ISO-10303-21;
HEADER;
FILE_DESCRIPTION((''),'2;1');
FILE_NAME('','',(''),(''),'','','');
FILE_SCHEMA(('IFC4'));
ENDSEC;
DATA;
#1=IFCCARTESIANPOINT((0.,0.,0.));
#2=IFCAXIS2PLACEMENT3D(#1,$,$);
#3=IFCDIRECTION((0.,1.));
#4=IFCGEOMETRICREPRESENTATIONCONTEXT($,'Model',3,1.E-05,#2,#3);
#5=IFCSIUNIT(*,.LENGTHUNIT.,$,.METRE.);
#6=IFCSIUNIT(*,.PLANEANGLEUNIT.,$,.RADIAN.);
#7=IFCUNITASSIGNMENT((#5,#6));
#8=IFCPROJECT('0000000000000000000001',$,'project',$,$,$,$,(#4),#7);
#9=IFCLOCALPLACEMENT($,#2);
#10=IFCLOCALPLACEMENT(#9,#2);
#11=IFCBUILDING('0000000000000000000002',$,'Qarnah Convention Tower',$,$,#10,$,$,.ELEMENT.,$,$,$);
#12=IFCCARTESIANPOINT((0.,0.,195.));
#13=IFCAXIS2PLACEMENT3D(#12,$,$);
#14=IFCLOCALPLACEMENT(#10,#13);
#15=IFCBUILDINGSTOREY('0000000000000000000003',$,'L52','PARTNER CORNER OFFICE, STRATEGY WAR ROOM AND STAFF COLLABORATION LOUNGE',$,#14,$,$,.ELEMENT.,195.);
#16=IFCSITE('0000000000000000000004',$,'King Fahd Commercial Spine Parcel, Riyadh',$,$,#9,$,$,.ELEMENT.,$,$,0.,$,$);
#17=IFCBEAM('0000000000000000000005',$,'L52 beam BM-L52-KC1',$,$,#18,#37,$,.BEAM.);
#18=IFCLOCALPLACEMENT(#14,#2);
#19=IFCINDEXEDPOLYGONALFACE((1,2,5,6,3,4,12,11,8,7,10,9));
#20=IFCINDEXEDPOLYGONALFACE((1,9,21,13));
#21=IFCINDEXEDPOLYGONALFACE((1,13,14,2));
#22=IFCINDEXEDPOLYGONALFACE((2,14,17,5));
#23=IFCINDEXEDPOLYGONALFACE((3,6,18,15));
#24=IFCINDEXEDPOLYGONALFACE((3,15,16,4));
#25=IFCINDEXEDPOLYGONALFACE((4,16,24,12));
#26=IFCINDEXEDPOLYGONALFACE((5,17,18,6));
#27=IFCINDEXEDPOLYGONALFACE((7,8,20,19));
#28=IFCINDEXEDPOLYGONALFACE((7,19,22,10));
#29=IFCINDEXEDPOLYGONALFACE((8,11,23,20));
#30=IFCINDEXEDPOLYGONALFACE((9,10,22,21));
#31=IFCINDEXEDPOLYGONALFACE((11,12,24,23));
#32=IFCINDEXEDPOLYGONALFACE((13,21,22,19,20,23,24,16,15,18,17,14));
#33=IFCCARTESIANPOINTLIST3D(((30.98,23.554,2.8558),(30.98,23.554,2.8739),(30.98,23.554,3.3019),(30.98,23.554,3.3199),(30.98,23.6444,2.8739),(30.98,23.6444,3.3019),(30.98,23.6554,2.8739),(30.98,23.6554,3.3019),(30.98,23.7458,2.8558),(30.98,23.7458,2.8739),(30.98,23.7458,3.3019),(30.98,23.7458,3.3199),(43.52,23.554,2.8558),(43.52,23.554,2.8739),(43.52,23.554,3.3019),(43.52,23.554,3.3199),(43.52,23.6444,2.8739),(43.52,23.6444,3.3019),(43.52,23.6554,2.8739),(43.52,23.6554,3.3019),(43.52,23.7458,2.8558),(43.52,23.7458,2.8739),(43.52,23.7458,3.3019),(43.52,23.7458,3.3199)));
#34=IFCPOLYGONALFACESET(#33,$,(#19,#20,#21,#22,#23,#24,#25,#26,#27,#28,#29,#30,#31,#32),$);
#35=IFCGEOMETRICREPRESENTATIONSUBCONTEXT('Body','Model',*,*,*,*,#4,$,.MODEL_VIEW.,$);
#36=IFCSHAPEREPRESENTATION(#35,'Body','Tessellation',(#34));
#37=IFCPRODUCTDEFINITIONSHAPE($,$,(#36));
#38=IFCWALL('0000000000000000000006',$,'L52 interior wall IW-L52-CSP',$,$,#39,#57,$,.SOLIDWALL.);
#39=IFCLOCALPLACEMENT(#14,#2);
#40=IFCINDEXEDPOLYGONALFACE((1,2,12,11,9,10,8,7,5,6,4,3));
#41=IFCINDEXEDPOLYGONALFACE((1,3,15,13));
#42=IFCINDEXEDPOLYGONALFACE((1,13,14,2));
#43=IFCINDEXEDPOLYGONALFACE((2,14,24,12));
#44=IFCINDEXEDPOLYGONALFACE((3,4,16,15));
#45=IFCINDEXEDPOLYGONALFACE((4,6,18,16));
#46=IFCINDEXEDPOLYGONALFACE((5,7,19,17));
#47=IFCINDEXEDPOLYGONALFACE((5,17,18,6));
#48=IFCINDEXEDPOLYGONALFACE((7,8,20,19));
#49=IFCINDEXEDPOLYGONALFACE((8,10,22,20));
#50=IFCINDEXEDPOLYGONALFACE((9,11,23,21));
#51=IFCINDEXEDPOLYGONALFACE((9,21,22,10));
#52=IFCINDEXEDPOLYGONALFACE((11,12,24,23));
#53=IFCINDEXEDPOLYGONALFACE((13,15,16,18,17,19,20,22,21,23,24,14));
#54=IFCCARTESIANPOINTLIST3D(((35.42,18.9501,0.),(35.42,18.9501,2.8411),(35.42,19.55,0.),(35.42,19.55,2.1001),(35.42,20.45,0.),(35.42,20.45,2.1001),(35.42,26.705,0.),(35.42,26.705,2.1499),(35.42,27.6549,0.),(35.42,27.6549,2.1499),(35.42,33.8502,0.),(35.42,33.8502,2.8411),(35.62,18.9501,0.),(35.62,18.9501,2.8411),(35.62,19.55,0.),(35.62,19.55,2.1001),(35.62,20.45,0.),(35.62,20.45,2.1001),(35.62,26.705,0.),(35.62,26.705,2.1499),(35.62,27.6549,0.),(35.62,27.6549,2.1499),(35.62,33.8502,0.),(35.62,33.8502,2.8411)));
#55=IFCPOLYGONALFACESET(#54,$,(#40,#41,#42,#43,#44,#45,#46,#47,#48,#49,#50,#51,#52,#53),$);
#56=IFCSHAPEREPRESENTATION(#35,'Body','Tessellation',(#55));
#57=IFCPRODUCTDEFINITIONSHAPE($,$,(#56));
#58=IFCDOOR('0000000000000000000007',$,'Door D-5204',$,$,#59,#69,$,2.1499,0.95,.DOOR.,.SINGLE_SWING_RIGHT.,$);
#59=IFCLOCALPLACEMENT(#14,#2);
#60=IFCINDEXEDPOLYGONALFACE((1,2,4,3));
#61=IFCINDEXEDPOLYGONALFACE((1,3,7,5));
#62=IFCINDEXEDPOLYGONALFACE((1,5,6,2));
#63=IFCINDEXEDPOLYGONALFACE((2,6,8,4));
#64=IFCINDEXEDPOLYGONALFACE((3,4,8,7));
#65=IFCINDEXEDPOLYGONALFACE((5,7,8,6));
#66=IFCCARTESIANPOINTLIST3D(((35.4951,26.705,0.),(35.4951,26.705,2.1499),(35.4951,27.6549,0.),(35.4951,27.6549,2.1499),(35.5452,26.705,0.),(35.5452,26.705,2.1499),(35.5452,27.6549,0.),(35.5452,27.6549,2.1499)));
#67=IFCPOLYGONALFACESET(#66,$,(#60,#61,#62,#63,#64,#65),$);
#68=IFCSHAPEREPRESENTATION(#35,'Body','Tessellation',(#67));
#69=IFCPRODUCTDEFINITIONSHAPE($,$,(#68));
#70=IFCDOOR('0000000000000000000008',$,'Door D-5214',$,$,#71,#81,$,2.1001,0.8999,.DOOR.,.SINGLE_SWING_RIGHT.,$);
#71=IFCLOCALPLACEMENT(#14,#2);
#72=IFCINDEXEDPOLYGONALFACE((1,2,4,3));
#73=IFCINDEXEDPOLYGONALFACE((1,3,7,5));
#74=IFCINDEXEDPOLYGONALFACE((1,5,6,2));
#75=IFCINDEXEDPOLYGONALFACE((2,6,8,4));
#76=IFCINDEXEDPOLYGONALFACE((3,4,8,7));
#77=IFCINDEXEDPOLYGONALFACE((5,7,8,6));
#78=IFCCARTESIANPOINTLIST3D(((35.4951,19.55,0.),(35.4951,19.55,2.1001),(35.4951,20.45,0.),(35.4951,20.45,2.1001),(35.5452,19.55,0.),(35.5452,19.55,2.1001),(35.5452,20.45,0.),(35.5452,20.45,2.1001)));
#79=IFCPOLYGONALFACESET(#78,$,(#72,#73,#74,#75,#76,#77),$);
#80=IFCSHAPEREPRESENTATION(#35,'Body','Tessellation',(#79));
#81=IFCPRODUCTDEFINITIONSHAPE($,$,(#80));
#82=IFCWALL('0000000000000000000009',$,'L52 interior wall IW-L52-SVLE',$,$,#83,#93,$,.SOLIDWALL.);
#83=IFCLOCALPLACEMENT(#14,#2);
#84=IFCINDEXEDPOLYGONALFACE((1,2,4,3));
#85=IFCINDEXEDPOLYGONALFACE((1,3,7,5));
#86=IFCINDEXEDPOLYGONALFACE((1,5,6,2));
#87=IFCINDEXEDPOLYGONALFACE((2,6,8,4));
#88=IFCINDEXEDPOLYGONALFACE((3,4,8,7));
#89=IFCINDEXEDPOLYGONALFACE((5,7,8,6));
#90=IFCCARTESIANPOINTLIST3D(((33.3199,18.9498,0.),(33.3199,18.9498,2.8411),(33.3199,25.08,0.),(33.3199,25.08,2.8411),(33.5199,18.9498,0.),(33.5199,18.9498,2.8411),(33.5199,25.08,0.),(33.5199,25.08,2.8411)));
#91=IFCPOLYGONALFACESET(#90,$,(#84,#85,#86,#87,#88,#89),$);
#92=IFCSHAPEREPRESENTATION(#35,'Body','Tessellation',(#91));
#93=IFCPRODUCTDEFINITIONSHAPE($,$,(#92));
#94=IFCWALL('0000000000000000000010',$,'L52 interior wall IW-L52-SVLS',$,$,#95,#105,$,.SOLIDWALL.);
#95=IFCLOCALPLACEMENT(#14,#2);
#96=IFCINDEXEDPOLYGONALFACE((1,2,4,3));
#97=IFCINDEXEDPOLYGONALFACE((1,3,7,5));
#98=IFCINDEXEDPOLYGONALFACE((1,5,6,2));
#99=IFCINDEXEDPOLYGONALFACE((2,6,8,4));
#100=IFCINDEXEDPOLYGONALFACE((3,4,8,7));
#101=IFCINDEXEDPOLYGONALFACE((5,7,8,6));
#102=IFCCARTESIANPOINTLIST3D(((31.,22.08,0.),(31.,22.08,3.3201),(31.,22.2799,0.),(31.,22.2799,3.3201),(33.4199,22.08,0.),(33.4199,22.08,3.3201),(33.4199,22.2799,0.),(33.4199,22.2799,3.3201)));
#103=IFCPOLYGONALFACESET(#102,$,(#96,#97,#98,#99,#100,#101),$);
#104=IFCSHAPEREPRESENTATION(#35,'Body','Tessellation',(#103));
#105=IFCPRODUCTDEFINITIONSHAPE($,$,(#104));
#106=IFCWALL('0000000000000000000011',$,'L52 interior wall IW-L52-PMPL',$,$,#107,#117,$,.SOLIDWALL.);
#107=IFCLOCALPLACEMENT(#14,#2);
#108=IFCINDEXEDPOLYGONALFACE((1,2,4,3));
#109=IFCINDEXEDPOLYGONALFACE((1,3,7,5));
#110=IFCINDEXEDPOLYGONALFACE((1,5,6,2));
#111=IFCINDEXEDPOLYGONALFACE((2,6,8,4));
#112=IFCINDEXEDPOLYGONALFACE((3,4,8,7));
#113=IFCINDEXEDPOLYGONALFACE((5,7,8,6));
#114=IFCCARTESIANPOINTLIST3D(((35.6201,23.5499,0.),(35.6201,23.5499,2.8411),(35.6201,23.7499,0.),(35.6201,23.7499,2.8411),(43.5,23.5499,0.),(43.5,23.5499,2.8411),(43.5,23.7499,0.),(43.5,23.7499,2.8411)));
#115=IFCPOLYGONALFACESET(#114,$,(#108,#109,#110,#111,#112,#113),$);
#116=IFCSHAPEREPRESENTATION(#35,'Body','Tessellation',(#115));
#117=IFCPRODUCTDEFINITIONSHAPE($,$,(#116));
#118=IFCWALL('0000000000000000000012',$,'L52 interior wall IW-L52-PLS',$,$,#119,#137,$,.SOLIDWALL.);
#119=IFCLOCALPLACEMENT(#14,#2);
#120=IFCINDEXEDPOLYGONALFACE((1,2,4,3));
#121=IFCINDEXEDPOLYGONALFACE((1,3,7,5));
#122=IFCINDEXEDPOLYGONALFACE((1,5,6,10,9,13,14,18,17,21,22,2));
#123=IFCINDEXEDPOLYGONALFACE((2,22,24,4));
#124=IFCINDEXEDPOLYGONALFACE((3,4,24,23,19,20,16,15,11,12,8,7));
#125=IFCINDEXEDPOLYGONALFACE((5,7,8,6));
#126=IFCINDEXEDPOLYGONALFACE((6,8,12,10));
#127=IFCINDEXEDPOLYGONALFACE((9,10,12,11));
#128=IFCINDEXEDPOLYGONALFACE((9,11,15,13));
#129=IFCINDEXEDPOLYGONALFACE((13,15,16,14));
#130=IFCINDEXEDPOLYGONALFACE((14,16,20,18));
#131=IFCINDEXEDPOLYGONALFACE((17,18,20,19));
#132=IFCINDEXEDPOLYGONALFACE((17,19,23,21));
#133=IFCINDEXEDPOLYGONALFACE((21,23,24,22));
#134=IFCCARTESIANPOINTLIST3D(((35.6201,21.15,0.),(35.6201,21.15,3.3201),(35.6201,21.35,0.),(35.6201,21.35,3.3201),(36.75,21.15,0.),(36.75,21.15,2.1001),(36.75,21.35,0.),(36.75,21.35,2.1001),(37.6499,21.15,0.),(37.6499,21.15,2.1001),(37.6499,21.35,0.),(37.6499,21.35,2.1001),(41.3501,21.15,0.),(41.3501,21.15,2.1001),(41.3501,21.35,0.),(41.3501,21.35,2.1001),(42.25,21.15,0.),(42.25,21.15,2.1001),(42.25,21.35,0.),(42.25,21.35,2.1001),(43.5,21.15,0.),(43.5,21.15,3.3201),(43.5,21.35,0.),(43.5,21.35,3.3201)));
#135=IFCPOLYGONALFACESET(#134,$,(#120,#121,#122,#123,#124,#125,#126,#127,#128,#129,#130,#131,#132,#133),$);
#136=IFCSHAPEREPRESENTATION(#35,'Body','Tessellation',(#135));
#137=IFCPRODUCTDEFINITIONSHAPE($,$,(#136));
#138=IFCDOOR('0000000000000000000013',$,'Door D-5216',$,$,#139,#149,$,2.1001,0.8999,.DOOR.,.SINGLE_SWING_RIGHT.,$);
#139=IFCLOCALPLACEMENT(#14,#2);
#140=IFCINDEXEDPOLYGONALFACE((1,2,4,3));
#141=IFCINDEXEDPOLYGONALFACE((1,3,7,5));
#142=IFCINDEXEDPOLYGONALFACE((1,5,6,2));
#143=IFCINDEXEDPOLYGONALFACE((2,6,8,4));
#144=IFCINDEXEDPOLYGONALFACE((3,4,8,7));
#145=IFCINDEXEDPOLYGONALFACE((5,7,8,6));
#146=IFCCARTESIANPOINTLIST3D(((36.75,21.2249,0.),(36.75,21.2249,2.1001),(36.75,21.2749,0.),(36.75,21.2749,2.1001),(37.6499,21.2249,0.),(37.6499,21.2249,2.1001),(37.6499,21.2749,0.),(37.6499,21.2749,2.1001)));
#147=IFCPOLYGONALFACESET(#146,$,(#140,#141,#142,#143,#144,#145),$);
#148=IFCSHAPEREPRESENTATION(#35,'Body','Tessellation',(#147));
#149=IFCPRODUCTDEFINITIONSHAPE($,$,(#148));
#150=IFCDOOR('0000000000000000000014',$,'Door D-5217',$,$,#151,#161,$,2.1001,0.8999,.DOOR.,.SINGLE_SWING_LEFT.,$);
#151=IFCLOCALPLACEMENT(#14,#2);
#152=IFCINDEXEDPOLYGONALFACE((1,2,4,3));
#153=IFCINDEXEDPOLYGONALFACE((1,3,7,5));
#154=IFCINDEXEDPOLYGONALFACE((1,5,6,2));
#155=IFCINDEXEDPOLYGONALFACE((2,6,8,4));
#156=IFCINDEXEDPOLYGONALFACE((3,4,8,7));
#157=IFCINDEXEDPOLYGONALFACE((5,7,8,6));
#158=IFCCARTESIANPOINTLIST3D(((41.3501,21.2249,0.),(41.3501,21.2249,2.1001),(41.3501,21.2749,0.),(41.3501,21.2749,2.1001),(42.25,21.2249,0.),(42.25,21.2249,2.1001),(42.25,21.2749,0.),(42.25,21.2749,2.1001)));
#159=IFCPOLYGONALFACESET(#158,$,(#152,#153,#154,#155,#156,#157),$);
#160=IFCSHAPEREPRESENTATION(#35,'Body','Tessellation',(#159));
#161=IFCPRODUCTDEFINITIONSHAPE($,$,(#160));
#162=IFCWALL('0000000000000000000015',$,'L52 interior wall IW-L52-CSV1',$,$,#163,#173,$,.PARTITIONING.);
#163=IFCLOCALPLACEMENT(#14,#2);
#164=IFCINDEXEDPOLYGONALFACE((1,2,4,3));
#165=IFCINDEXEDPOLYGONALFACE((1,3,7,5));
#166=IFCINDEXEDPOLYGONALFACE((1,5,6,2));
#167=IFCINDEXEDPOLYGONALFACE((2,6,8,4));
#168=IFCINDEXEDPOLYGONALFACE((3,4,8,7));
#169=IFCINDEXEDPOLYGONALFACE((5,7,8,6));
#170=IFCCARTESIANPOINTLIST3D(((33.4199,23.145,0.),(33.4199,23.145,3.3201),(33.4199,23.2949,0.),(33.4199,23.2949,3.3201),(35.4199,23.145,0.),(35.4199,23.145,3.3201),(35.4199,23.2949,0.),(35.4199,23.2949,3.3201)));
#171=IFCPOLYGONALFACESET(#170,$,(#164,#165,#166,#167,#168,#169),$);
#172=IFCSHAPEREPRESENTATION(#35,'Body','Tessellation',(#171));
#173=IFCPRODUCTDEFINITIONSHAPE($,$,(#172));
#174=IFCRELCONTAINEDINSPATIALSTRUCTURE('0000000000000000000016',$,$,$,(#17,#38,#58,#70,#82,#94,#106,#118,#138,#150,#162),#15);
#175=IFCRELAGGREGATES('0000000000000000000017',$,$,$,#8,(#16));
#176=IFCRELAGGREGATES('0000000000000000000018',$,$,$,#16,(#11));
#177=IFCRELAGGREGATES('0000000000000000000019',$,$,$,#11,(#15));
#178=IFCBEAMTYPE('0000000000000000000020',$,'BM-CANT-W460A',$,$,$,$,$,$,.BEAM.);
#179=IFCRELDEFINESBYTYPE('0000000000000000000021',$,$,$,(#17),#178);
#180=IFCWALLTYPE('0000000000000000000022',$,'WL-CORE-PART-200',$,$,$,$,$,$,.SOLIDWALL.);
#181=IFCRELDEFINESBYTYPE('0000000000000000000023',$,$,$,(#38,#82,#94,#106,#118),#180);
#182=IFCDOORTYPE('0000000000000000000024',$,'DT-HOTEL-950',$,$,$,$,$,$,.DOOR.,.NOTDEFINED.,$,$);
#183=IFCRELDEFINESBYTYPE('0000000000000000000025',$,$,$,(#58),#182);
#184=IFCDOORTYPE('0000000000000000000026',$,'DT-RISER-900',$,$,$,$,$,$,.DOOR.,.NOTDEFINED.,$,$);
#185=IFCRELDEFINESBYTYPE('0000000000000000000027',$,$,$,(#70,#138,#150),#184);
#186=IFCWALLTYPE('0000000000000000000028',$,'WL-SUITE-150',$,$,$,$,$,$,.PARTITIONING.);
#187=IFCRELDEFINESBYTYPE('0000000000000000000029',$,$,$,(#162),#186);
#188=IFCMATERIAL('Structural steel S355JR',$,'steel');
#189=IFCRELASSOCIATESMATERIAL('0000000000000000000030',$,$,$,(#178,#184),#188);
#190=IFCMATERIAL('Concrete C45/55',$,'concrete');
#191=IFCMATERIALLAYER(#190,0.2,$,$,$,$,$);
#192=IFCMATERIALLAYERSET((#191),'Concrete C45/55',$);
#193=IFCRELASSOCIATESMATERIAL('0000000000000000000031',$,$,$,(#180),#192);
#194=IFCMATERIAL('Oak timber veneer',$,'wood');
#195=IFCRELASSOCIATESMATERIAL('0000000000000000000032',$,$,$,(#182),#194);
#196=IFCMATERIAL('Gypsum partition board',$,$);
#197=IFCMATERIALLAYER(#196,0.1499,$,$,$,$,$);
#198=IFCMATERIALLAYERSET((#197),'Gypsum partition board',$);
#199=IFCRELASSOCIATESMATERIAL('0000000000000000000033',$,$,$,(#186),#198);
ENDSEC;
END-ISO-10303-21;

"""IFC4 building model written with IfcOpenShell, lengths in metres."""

from ifc_helpers import new_model, si_unit, direction, frame, frame_2d, origin, origin_2d, place, context, subcontext, project, spatial, rectangle, i_section, extrude, material, layer, layer_set, material_profile, profile_set, type_object, element, fill, save


model = new_model("IFC4")

# Units and contexts
model_context = context("Model", 3, precision=1e-05, world=origin(), true_north=direction((0.0, 1.0)))
body_context = subcontext(model_context, "Body", "Model", "MODEL_VIEW")
ifc_project = project(units=[si_unit("LENGTHUNIT", "METRE"), si_unit("PLANEANGLEUNIT", "RADIAN")], contexts=[model_context])

# Site, building, storey
site_placement = place(None, origin())
site = spatial("IfcSite", under=ifc_project, at=site_placement, Name="King Fahd Commercial Spine Parcel, Riyadh", CompositionType="ELEMENT", RefElevation=0.0)
building_placement = place(site_placement, origin())
building = spatial("IfcBuilding", under=site, at=building_placement, Name="Qarnah Convention Tower", CompositionType="ELEMENT")
storey_placement = place(building_placement, frame((0.0, 0.0, 195.0)))
storey = spatial("IfcBuildingStorey", under=building, at=storey_placement, Name="L52", Description="PARTNER CORNER OFFICE, STRATEGY WAR ROOM AND STAFF COLLABORATION LOUNGE", CompositionType="ELEMENT", Elevation=195.0)

# Beam
ifc_material_1 = material(Name="Structural steel S355JR", Category="steel")
ifc_material_profile = material_profile(ifc_material_1, i_section(OverallWidth=0.1919, OverallDepth=0.4641, WebThickness=0.011, FlangeThickness=0.0181, at=origin_2d()), Name="W460X89")
ifc_profile_set = profile_set([ifc_material_profile], Name="Structural steel S355JR")
beam_type = type_object("IfcBeamType", Name="BM-CANT-W460A", PredefinedType="BEAM", material=ifc_profile_set)
beam_placement = place(storey_placement, frame((30.98, 23.6499, 3.0879), z_axis=(1.0, 0.0, 0.0), x_axis=(0.0, 1.0, 0.0)))
element("IfcBeam", 1, at=beam_placement, inside=storey, type_object=beam_type, Name="L52 beam BM-L52-KC1", PredefinedType="BEAM", context=body_context, shape_type="SweptSolid", body=[
    extrude(i_section(OverallWidth=0.1919, OverallDepth=0.4641, WebThickness=0.011, FlangeThickness=0.0181, at=origin_2d()), origin(), (0.0, 0.0, 1.0), 12.54),
])

# Wall, openings, doors
ifc_material_2 = material(Name="Concrete C45/55", Category="concrete")
ifc_layer_1 = layer(ifc_material_2, 0.2)
ifc_layer_set_1 = layer_set([ifc_layer_1], Name="Concrete C45/55")
wall_type_1 = type_object("IfcWallType", Name="WL-CORE-PART-200", PredefinedType="SOLIDWALL", material=ifc_layer_set_1)
wall_1_placement = place(storey_placement, frame((35.52, 18.95, 0.0), z_axis=(0.0, 0.0, 1.0), x_axis=(0.0, 1.0, 0.0)))
wall_1 = element("IfcWall", 2, at=wall_1_placement, inside=storey, type_object=wall_type_1, Name="L52 interior wall IW-L52-CSP", PredefinedType="SOLIDWALL", context=body_context, shape_type="SweptSolid", body=[
    extrude(rectangle(XDim=14.9001, YDim=0.2, at=frame_2d((7.4502, 0.0))), origin(), (0.0, 0.0, 1.0), 2.8411),
])
opening_1_placement = place(wall_1_placement, frame((7.7549, 0.0, 0.0)))
opening_1 = element("IfcOpeningElement", 3, at=opening_1_placement, cuts=wall_1, PredefinedType="OPENING", context=body_context, shape_type="SweptSolid", body=[
    extrude(rectangle(XDim=0.95, YDim=2.1499, at=frame_2d((0.4751, 1.075))), frame((0.0, 0.1099, 0.0), z_axis=(0.0, -1.0, 0.0), x_axis=(1.0, 0.0, 0.0)), (0.0, 0.0, 1.0), 0.22),
])
opening_2_placement = place(wall_1_placement, frame((0.6001, 0.0, 0.0)))
opening_2 = element("IfcOpeningElement", 4, at=opening_2_placement, cuts=wall_1, PredefinedType="OPENING", context=body_context, shape_type="SweptSolid", body=[
    extrude(rectangle(XDim=0.8999, YDim=2.1001, at=frame_2d((0.45, 1.05))), frame((0.0, 0.1099, 0.0), z_axis=(0.0, -1.0, 0.0), x_axis=(1.0, 0.0, 0.0)), (0.0, 0.0, 1.0), 0.22),
])
ifc_material_3 = material(Name="Oak timber veneer", Category="wood")
door_type_1 = type_object("IfcDoorType", Name="DT-HOTEL-950", OperationType="NOTDEFINED", PredefinedType="DOOR", material=ifc_material_3)
door_1_placement = place(opening_1_placement, origin())
door_1 = element("IfcDoor", 5, at=door_1_placement, inside=storey, type_object=door_type_1, Name="Door D-5204", OperationType="SINGLE_SWING_RIGHT", OverallHeight=2.1499, OverallWidth=0.95, PredefinedType="DOOR", context=body_context, shape_type="SweptSolid", body=[
    extrude(rectangle(XDim=0.95, YDim=2.1499, at=frame_2d((0.4751, 1.075))), frame((0.0, 0.0249, 0.0), z_axis=(0.0, -1.0, 0.0), x_axis=(1.0, 0.0, 0.0)), (0.0, 0.0, 1.0), 0.05),
])
fill(opening_1, door_1)
door_type_2 = type_object("IfcDoorType", Name="DT-RISER-900", OperationType="NOTDEFINED", PredefinedType="DOOR", material=ifc_material_1)
door_2_placement = place(opening_2_placement, origin())
door_2 = element("IfcDoor", 6, at=door_2_placement, inside=storey, type_object=door_type_2, Name="Door D-5214", OperationType="SINGLE_SWING_RIGHT", OverallHeight=2.1001, OverallWidth=0.8999, PredefinedType="DOOR", context=body_context, shape_type="SweptSolid", body=[
    extrude(rectangle(XDim=0.8999, YDim=2.1001, at=frame_2d((0.45, 1.05))), frame((0.0, 0.0249, 0.0), z_axis=(0.0, -1.0, 0.0), x_axis=(1.0, 0.0, 0.0)), (0.0, 0.0, 1.0), 0.05),
])
fill(opening_2, door_2)

# Walls
wall_2_placement = place(storey_placement, frame((33.4199, 18.95, 0.0), z_axis=(0.0, 0.0, 1.0), x_axis=(0.0, 1.0, 0.0)))
element("IfcWall", 7, at=wall_2_placement, inside=storey, type_object=wall_type_1, Name="L52 interior wall IW-L52-SVLE", PredefinedType="SOLIDWALL", context=body_context, shape_type="SweptSolid", body=[
    extrude(rectangle(XDim=6.1301, YDim=0.2, at=frame_2d((3.0649, 0.0))), origin(), (0.0, 0.0, 1.0), 2.8411),
])
wall_3_placement = place(storey_placement, frame((31.0, 22.1799, 0.0), z_axis=(0.0, 0.0, 1.0), x_axis=(1.0, 0.0, 0.0)))
element("IfcWall", 8, at=wall_3_placement, inside=storey, type_object=wall_type_1, Name="L52 interior wall IW-L52-SVLS", PredefinedType="SOLIDWALL", context=body_context, shape_type="SweptSolid", body=[
    extrude(rectangle(XDim=2.4199, YDim=0.2, at=frame_2d((1.21, 0.0))), origin(), (0.0, 0.0, 1.0), 3.3201),
])
wall_4_placement = place(storey_placement, frame((35.6201, 23.6499, 0.0), z_axis=(0.0, 0.0, 1.0), x_axis=(1.0, 0.0, 0.0)))
element("IfcWall", 9, at=wall_4_placement, inside=storey, type_object=wall_type_1, Name="L52 interior wall IW-L52-PMPL", PredefinedType="SOLIDWALL", context=body_context, shape_type="SweptSolid", body=[
    extrude(rectangle(XDim=7.8799, YDim=0.2, at=frame_2d((3.9399, 0.0))), origin(), (0.0, 0.0, 1.0), 2.8411),
])

# Wall, openings, doors
wall_5_placement = place(storey_placement, frame((35.6201, 21.25, 0.0), z_axis=(0.0, 0.0, 1.0), x_axis=(1.0, 0.0, 0.0)))
wall_5 = element("IfcWall", 10, at=wall_5_placement, inside=storey, type_object=wall_type_1, Name="L52 interior wall IW-L52-PLS", PredefinedType="SOLIDWALL", context=body_context, shape_type="SweptSolid", body=[
    extrude(rectangle(XDim=7.8799, YDim=0.2, at=frame_2d((3.9399, 0.0))), origin(), (0.0, 0.0, 1.0), 3.3201),
])
opening_3_placement = place(wall_5_placement, frame((1.1299, 0.0, 0.0)))
opening_3 = element("IfcOpeningElement", 11, at=opening_3_placement, cuts=wall_5, PredefinedType="OPENING", context=body_context, shape_type="SweptSolid", body=[
    extrude(rectangle(XDim=0.8999, YDim=2.1001, at=frame_2d((0.45, 1.05))), frame((0.0, 0.1099, 0.0), z_axis=(0.0, -1.0, 0.0), x_axis=(1.0, 0.0, 0.0)), (0.0, 0.0, 1.0), 0.22),
])
opening_4_placement = place(wall_5_placement, frame((5.73, 0.0, 0.0)))
opening_4 = element("IfcOpeningElement", 12, at=opening_4_placement, cuts=wall_5, PredefinedType="OPENING", context=body_context, shape_type="SweptSolid", body=[
    extrude(rectangle(XDim=0.8999, YDim=2.1001, at=frame_2d((0.45, 1.05))), frame((0.0, 0.1099, 0.0), z_axis=(0.0, -1.0, 0.0), x_axis=(1.0, 0.0, 0.0)), (0.0, 0.0, 1.0), 0.22),
])
door_3_placement = place(opening_3_placement, origin())
door_3 = element("IfcDoor", 13, at=door_3_placement, inside=storey, type_object=door_type_2, Name="Door D-5216", OperationType="SINGLE_SWING_RIGHT", OverallHeight=2.1001, OverallWidth=0.8999, PredefinedType="DOOR", context=body_context, shape_type="SweptSolid", body=[
    extrude(rectangle(XDim=0.8999, YDim=2.1001, at=frame_2d((0.45, 1.05))), frame((0.0, 0.0249, 0.0), z_axis=(0.0, -1.0, 0.0), x_axis=(1.0, 0.0, 0.0)), (0.0, 0.0, 1.0), 0.05),
])
fill(opening_3, door_3)
door_4_placement = place(opening_4_placement, origin())
door_4 = element("IfcDoor", 14, at=door_4_placement, inside=storey, type_object=door_type_2, Name="Door D-5217", OperationType="SINGLE_SWING_LEFT", OverallHeight=2.1001, OverallWidth=0.8999, PredefinedType="DOOR", context=body_context, shape_type="SweptSolid", body=[
    extrude(rectangle(XDim=0.8999, YDim=2.1001, at=frame_2d((0.45, 1.05))), frame((0.0, 0.0249, 0.0), z_axis=(0.0, -1.0, 0.0), x_axis=(1.0, 0.0, 0.0)), (0.0, 0.0, 1.0), 0.05),
])
fill(opening_4, door_4)

# Wall
ifc_material_4 = material(Name="Gypsum partition board")
ifc_layer_2 = layer(ifc_material_4, 0.1499)
ifc_layer_set_2 = layer_set([ifc_layer_2], Name="Gypsum partition board")
wall_type_2 = type_object("IfcWallType", Name="WL-SUITE-150", PredefinedType="PARTITIONING", material=ifc_layer_set_2)
wall_6_placement = place(storey_placement, frame((33.4199, 23.22, 0.0), z_axis=(0.0, 0.0, 1.0), x_axis=(1.0, 0.0, 0.0)))
element("IfcWall", 15, at=wall_6_placement, inside=storey, type_object=wall_type_2, Name="L52 interior wall IW-L52-CSV1", PredefinedType="PARTITIONING", context=body_context, shape_type="SweptSolid", body=[
    extrude(rectangle(XDim=2.0, YDim=0.1499, at=frame_2d((1.0, 0.0))), origin(), (0.0, 0.0, 1.0), 3.3201),
])

save(model, "model.ifc")
